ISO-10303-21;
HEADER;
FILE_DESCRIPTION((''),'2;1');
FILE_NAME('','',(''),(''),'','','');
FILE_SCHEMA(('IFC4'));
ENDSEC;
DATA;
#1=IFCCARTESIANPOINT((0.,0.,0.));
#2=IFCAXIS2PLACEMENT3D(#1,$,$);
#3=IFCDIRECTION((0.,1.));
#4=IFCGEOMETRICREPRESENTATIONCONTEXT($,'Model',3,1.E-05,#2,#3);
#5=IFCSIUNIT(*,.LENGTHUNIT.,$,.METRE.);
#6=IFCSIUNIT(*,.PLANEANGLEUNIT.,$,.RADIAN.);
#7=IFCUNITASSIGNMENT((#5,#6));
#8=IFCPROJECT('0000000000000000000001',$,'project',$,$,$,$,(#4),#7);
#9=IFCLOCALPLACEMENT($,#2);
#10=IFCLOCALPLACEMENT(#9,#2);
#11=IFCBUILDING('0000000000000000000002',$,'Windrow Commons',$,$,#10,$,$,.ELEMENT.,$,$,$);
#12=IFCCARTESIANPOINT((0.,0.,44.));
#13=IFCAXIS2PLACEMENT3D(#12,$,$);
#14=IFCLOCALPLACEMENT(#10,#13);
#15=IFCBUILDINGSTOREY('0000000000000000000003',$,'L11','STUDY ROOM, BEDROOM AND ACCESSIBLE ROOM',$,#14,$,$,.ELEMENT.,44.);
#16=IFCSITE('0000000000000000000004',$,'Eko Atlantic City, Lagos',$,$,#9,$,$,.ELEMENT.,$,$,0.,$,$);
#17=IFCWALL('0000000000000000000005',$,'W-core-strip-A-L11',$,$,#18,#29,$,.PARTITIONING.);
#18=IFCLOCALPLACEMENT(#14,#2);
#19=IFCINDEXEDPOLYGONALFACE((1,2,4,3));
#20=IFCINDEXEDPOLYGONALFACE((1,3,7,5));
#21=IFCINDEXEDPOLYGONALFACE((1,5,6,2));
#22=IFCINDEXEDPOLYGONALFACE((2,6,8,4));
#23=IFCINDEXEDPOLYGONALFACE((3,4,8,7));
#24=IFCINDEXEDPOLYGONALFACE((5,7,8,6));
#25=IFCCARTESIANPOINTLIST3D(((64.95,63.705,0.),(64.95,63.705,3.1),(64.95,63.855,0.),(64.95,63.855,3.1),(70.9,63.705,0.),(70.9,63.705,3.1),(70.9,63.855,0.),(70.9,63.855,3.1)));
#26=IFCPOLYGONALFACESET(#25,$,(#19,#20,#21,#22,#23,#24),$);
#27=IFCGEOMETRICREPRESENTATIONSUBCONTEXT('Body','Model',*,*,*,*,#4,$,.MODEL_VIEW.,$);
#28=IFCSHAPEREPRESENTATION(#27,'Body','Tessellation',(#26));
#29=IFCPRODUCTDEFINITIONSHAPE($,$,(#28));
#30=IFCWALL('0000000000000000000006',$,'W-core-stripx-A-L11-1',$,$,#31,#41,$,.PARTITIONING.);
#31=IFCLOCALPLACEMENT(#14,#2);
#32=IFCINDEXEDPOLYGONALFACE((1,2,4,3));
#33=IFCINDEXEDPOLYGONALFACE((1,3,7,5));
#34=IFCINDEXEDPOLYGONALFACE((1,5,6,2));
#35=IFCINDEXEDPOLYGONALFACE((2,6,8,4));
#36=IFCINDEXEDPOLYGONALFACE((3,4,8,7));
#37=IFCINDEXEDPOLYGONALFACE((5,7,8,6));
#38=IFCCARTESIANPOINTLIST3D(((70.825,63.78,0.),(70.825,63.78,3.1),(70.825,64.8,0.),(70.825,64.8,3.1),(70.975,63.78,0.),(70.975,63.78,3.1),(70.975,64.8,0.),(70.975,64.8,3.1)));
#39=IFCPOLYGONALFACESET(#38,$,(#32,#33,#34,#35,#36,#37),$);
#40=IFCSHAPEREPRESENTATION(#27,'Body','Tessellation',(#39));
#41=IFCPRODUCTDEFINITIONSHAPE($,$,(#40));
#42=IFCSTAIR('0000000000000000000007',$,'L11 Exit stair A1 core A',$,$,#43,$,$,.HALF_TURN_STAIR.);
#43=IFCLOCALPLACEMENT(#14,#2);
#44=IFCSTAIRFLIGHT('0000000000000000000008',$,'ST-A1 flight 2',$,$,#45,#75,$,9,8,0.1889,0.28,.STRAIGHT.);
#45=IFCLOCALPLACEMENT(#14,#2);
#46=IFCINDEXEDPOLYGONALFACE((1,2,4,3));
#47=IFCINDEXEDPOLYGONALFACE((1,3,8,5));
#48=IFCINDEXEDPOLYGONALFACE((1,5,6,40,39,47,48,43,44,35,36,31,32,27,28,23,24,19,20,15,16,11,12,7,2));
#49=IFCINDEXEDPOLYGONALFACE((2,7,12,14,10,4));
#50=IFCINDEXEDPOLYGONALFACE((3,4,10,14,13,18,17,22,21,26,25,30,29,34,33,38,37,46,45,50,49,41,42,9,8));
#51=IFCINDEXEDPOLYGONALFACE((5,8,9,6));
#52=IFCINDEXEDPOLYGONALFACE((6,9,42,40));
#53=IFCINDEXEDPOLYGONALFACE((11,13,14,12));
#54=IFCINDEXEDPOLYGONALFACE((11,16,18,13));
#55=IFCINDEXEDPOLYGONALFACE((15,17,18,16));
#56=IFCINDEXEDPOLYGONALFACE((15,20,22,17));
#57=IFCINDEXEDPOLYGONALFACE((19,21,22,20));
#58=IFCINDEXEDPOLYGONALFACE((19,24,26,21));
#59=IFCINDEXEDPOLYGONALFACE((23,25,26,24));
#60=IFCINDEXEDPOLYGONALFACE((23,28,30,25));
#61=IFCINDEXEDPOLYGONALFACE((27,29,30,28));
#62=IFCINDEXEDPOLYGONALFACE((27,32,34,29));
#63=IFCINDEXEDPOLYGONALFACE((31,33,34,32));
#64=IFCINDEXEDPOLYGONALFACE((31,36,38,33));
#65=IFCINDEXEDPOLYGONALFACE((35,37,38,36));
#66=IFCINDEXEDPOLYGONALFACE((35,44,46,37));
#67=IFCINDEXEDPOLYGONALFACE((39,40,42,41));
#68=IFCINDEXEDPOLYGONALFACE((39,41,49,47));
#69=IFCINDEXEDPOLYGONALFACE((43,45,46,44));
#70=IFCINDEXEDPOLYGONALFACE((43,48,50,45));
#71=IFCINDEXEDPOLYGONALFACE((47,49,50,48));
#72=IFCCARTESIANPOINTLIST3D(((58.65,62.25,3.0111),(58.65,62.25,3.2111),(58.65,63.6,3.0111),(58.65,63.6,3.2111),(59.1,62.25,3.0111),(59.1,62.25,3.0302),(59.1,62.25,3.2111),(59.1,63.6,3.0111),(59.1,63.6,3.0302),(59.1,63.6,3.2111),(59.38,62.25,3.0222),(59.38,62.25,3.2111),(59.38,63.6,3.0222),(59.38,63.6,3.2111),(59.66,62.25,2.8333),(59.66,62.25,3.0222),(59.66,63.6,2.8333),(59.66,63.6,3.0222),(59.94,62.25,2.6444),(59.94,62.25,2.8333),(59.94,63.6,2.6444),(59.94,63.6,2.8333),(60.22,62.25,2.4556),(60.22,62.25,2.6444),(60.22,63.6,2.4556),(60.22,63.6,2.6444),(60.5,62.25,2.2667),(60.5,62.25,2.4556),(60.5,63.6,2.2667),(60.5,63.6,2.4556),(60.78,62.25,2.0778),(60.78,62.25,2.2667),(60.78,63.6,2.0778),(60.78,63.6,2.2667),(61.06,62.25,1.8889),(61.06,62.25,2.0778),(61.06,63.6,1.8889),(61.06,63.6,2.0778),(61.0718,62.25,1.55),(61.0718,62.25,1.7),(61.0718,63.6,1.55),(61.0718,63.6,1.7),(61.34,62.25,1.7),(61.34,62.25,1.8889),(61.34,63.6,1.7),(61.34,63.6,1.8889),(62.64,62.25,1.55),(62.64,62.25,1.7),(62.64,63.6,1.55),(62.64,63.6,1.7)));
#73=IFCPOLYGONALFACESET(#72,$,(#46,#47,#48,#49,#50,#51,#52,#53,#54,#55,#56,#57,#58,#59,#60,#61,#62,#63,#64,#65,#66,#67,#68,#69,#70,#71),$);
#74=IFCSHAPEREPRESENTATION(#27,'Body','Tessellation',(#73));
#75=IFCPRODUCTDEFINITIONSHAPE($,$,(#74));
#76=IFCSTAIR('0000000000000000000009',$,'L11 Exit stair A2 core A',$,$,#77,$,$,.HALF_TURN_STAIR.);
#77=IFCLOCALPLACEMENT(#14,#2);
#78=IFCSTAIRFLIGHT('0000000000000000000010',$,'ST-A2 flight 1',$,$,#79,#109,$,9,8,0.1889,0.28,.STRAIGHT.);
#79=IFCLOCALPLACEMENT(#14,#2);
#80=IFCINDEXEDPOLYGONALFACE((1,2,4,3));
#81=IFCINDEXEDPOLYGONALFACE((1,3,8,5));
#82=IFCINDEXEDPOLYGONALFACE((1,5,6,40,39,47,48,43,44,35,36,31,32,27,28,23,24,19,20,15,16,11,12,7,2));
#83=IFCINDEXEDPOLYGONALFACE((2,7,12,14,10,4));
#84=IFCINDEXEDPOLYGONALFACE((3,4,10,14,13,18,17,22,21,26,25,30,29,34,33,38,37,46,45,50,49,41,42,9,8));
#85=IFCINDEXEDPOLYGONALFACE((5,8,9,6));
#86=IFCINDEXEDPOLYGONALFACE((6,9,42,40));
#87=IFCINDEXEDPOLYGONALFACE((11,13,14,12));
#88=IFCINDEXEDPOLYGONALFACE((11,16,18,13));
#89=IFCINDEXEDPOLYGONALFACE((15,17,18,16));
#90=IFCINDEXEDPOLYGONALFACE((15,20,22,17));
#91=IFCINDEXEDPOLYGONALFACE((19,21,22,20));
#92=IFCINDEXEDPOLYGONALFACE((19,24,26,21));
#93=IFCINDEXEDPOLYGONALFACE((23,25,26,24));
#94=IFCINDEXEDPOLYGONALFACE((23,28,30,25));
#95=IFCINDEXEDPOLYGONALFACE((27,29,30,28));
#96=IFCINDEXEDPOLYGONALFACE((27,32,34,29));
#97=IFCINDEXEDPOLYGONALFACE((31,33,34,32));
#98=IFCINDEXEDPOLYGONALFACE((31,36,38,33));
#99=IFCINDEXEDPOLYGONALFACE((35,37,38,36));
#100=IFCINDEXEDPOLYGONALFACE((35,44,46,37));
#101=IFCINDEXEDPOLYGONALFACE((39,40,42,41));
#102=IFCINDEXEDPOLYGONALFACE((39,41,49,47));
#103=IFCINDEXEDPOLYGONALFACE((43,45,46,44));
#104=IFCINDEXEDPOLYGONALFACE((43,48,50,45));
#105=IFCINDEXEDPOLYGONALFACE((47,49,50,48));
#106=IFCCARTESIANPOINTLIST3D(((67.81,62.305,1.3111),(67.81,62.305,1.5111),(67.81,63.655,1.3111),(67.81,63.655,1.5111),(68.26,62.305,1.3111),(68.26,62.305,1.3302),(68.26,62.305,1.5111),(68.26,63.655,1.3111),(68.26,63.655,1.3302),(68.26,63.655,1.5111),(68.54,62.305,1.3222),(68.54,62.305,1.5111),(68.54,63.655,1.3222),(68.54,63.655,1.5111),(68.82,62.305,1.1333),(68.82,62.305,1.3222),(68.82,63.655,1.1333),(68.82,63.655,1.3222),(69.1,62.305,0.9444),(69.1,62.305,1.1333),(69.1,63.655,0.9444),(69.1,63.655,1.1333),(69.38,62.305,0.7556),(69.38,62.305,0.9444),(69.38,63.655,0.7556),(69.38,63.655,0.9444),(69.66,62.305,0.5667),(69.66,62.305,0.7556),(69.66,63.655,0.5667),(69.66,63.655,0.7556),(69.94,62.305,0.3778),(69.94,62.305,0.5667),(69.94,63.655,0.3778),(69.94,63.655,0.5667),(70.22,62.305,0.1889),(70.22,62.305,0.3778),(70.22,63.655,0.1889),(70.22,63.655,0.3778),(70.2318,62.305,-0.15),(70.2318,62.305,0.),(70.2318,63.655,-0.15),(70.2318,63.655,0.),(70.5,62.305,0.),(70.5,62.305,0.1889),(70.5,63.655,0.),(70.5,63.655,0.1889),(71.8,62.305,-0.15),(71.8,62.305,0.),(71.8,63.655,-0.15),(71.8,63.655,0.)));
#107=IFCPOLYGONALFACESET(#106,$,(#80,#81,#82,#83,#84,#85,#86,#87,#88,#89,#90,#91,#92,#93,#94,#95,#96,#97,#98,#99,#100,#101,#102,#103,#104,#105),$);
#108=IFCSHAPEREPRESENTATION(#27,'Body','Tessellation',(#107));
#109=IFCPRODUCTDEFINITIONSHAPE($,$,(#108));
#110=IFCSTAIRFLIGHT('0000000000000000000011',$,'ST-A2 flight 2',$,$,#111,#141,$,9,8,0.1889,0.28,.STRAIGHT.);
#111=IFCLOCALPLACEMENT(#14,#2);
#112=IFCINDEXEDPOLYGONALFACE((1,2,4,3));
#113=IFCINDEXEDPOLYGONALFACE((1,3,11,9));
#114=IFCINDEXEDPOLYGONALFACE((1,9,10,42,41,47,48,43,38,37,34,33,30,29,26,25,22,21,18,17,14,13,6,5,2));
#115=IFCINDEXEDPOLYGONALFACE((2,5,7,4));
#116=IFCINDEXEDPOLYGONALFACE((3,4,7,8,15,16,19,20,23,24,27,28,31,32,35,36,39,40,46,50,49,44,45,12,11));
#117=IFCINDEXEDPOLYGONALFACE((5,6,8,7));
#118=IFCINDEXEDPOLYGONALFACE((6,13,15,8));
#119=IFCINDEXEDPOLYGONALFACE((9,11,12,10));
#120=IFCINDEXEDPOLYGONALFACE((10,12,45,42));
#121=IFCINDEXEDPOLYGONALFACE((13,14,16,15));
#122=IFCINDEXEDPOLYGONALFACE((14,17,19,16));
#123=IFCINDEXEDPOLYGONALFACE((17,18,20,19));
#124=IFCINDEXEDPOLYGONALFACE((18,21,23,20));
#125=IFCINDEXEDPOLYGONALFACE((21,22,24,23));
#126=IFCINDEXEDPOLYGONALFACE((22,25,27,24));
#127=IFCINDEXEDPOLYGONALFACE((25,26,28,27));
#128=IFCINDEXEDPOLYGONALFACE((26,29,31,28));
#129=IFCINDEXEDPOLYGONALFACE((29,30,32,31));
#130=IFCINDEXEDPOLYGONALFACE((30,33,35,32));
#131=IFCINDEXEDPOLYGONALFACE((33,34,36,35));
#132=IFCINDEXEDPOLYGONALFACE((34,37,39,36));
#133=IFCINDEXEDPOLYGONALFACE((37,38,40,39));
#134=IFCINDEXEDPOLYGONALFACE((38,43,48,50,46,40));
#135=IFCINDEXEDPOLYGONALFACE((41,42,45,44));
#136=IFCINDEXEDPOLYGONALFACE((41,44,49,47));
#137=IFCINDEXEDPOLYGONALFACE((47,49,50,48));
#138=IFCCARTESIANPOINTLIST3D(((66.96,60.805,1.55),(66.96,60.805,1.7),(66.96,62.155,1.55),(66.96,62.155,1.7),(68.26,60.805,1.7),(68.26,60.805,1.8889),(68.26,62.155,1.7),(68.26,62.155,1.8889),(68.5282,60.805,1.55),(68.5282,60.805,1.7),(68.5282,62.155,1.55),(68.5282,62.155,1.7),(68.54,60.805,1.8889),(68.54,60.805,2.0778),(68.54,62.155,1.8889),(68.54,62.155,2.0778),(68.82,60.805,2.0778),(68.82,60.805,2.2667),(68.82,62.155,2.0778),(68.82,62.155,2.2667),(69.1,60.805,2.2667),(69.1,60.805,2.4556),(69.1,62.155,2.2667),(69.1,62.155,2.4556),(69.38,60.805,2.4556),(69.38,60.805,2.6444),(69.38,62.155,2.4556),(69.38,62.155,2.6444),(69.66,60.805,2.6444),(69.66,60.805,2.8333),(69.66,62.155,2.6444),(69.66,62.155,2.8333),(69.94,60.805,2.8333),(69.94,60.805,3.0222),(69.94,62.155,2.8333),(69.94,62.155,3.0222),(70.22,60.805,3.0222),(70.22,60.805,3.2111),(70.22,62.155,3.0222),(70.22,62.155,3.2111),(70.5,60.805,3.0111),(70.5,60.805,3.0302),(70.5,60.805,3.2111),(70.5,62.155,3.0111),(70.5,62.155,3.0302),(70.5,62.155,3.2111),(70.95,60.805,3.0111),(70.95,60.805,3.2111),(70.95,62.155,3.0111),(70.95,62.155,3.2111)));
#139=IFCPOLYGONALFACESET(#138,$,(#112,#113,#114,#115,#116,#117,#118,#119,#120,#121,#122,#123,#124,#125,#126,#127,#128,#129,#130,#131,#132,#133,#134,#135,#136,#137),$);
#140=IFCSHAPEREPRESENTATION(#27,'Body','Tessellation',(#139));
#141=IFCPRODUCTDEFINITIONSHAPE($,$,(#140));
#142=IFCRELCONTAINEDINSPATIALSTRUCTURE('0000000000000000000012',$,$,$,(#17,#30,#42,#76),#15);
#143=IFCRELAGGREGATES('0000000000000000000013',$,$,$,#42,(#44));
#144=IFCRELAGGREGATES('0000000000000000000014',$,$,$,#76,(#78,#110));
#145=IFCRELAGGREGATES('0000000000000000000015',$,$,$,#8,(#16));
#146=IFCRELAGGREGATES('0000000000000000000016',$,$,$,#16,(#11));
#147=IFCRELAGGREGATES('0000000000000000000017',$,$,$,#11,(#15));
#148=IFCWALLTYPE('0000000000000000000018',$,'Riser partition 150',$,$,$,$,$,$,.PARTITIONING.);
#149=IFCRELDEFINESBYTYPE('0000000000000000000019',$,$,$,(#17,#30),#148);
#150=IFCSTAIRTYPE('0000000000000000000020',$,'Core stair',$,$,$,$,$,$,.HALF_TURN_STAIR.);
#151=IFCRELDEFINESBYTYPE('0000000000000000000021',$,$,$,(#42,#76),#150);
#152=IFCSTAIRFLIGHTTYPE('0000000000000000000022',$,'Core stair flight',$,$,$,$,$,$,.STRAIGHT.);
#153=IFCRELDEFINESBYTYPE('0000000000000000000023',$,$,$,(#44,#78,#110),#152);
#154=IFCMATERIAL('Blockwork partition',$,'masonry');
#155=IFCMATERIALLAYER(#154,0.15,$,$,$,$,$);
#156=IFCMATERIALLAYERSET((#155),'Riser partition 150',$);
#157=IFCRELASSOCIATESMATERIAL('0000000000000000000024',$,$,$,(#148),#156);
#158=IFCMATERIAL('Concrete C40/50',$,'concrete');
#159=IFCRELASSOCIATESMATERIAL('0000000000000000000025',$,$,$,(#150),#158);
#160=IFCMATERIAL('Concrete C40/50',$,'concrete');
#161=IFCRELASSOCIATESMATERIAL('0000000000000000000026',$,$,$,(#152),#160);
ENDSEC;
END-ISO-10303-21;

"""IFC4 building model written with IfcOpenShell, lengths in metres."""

from ifc_helpers import new_model, si_unit, direction, frame, frame_2d, origin, place, context, subcontext, project, spatial, polyline, rectangle, outline, extrude, material, layer, layer_set, type_object, element, aggregate, save


model = new_model("IFC4")

# Units and contexts
model_context = context("Model", 3, precision=1e-05, world=origin(), true_north=direction((0.0, 1.0)))
body_context = subcontext(model_context, "Body", "Model", "MODEL_VIEW")
ifc_project = project(units=[si_unit("LENGTHUNIT", "METRE"), si_unit("PLANEANGLEUNIT", "RADIAN")], contexts=[model_context])

# Site, building, storey
site_placement = place(None, origin())
site = spatial("IfcSite", under=ifc_project, at=site_placement, Name="Eko Atlantic City, Lagos", CompositionType="ELEMENT", RefElevation=0.0)
building_placement = place(site_placement, origin())
building = spatial("IfcBuilding", under=site, at=building_placement, Name="Windrow Commons", CompositionType="ELEMENT")
storey_placement = place(building_placement, frame((0.0, 0.0, 44.0)))
storey = spatial("IfcBuildingStorey", under=building, at=storey_placement, Name="L11", Description="STUDY ROOM, BEDROOM AND ACCESSIBLE ROOM", CompositionType="ELEMENT", Elevation=44.0)

# Walls
ifc_material_1 = material(Name="Blockwork partition", Category="masonry")
ifc_layer_1 = layer(ifc_material_1, 0.15)
ifc_layer_set_1 = layer_set([ifc_layer_1], Name="Riser partition 150")
wall_type_1 = type_object("IfcWallType", Name="Riser partition 150", PredefinedType="PARTITIONING", material=ifc_layer_set_1)
wall_1_placement = place(storey_placement, frame((64.95, 63.78, 0.0), z_axis=(0.0, 0.0, 1.0), x_axis=(1.0, 0.0, 0.0)))
element("IfcWall", 1, at=wall_1_placement, inside=storey, type_object=wall_type_1, Name="W-core-strip-A-L11", PredefinedType="PARTITIONING", context=body_context, shape_type="SweptSolid", body=[
    extrude(rectangle(XDim=5.95, YDim=0.15, at=frame_2d((2.975, 0.0))), origin(), (0.0, 0.0, 1.0), 3.1),
])
wall_2_placement = place(storey_placement, frame((70.9, 63.78, 0.0), z_axis=(0.0, 0.0, 1.0), x_axis=(0.0, 1.0, 0.0)))
element("IfcWall", 2, at=wall_2_placement, inside=storey, type_object=wall_type_1, Name="W-core-stripx-A-L11-1", PredefinedType="PARTITIONING", context=body_context, shape_type="SweptSolid", body=[
    extrude(rectangle(XDim=1.02, YDim=0.15, at=frame_2d((0.51, 0.0))), origin(), (0.0, 0.0, 1.0), 3.1),
])

# Stair, stair flight
ifc_material_2 = material(Name="Concrete C40/50", Category="concrete")
stair_type = type_object("IfcStairType", Name="Core stair", PredefinedType="HALF_TURN_STAIR", material=ifc_material_2)
placement = place(storey_placement, origin())
stair_1 = element("IfcStair", 3, at=placement, inside=storey, type_object=stair_type, Name="L11 Exit stair A1 core A", PredefinedType="HALF_TURN_STAIR")
ifc_material_3 = material(Name="Concrete C40/50", Category="concrete")
stair_flight_type = type_object("IfcStairFlightType", Name="Core stair flight", PredefinedType="STRAIGHT", material=ifc_material_3)
stair_flight_1_placement = place(storey_placement, frame((61.34, 62.925, 1.7), z_axis=(0.0, 0.0, 1.0), x_axis=(-1.0, 0.0, 0.0)))
stair_flight_1 = element("IfcStairFlight", 4, at=stair_flight_1_placement, type_object=stair_flight_type, Name="ST-A1 flight 2", NumberOfRisers=9, NumberOfTreads=8, PredefinedType="STRAIGHT", RiserHeight=0.1889, TreadLength=0.28, context=body_context, shape_type="SweptSolid", body=[
    extrude(outline(polyline([(-1.3, -0.15), (-1.3, 0.0), (0.0, 0.0), (0.0, 0.1889), (0.28, 0.1889), (0.28, 0.3778), (0.56, 0.3778), (0.56, 0.5667), (0.84, 0.5667), (0.84, 0.7556), (1.12, 0.7556), (1.12, 0.9444), (1.4, 0.9444), (1.4, 1.1333), (1.68, 1.1333), (1.68, 1.3222), (1.96, 1.3222), (1.96, 1.5111), (2.24, 1.5111), (2.69, 1.5111), (2.69, 1.3111), (2.24, 1.3111), (2.24, 1.3302), (0.2682, 0.0), (0.2682, -0.15), (-1.3, -0.15)])), frame((0.0, 0.675, 0.0), z_axis=(0.0, -1.0, 0.0), x_axis=(1.0, 0.0, 0.0)), (0.0, 0.0, 1.0), 1.35),
])
aggregate(stair_1, [stair_flight_1])

# Stair, stair flights
stair_2 = element("IfcStair", 5, at=placement, inside=storey, type_object=stair_type, Name="L11 Exit stair A2 core A", PredefinedType="HALF_TURN_STAIR")
stair_flight_2_placement = place(storey_placement, frame((70.5, 62.98, 0.0), z_axis=(0.0, 0.0, 1.0), x_axis=(-1.0, 0.0, 0.0)))
stair_flight_2 = element("IfcStairFlight", 6, at=stair_flight_2_placement, type_object=stair_flight_type, Name="ST-A2 flight 1", NumberOfRisers=9, NumberOfTreads=8, PredefinedType="STRAIGHT", RiserHeight=0.1889, TreadLength=0.28, context=body_context, shape_type="SweptSolid", body=[
    extrude(outline(polyline([(-1.3, -0.15), (-1.3, 0.0), (0.0, 0.0), (0.0, 0.1889), (0.28, 0.1889), (0.28, 0.3778), (0.56, 0.3778), (0.56, 0.5667), (0.84, 0.5667), (0.84, 0.7556), (1.12, 0.7556), (1.12, 0.9444), (1.4, 0.9444), (1.4, 1.1333), (1.68, 1.1333), (1.68, 1.3222), (1.96, 1.3222), (1.96, 1.5111), (2.24, 1.5111), (2.69, 1.5111), (2.69, 1.3111), (2.24, 1.3111), (2.24, 1.3302), (0.2682, 0.0), (0.2682, -0.15), (-1.3, -0.15)])), frame((0.0, 0.675, 0.0), z_axis=(0.0, -1.0, 0.0), x_axis=(1.0, 0.0, 0.0)), (0.0, 0.0, 1.0), 1.35),
])
stair_flight_3_placement = place(storey_placement, frame((68.26, 61.48, 1.7), z_axis=(0.0, 0.0, 1.0), x_axis=(1.0, 0.0, 0.0)))
stair_flight_3 = element("IfcStairFlight", 7, at=stair_flight_3_placement, type_object=stair_flight_type, Name="ST-A2 flight 2", NumberOfRisers=9, NumberOfTreads=8, PredefinedType="STRAIGHT", RiserHeight=0.1889, TreadLength=0.28, context=body_context, shape_type="SweptSolid", body=[
    extrude(outline(polyline([(-1.3, -0.15), (-1.3, 0.0), (0.0, 0.0), (0.0, 0.1889), (0.28, 0.1889), (0.28, 0.3778), (0.56, 0.3778), (0.56, 0.5667), (0.84, 0.5667), (0.84, 0.7556), (1.12, 0.7556), (1.12, 0.9444), (1.4, 0.9444), (1.4, 1.1333), (1.68, 1.1333), (1.68, 1.3222), (1.96, 1.3222), (1.96, 1.5111), (2.24, 1.5111), (2.69, 1.5111), (2.69, 1.3111), (2.24, 1.3111), (2.24, 1.3302), (0.2682, 0.0), (0.2682, -0.15), (-1.3, -0.15)])), frame((0.0, 0.675, 0.0), z_axis=(0.0, -1.0, 0.0), x_axis=(1.0, 0.0, 0.0)), (0.0, 0.0, 1.0), 1.35),
])
aggregate(stair_2, [stair_flight_2, stair_flight_3])

save(model, "model.ifc")
